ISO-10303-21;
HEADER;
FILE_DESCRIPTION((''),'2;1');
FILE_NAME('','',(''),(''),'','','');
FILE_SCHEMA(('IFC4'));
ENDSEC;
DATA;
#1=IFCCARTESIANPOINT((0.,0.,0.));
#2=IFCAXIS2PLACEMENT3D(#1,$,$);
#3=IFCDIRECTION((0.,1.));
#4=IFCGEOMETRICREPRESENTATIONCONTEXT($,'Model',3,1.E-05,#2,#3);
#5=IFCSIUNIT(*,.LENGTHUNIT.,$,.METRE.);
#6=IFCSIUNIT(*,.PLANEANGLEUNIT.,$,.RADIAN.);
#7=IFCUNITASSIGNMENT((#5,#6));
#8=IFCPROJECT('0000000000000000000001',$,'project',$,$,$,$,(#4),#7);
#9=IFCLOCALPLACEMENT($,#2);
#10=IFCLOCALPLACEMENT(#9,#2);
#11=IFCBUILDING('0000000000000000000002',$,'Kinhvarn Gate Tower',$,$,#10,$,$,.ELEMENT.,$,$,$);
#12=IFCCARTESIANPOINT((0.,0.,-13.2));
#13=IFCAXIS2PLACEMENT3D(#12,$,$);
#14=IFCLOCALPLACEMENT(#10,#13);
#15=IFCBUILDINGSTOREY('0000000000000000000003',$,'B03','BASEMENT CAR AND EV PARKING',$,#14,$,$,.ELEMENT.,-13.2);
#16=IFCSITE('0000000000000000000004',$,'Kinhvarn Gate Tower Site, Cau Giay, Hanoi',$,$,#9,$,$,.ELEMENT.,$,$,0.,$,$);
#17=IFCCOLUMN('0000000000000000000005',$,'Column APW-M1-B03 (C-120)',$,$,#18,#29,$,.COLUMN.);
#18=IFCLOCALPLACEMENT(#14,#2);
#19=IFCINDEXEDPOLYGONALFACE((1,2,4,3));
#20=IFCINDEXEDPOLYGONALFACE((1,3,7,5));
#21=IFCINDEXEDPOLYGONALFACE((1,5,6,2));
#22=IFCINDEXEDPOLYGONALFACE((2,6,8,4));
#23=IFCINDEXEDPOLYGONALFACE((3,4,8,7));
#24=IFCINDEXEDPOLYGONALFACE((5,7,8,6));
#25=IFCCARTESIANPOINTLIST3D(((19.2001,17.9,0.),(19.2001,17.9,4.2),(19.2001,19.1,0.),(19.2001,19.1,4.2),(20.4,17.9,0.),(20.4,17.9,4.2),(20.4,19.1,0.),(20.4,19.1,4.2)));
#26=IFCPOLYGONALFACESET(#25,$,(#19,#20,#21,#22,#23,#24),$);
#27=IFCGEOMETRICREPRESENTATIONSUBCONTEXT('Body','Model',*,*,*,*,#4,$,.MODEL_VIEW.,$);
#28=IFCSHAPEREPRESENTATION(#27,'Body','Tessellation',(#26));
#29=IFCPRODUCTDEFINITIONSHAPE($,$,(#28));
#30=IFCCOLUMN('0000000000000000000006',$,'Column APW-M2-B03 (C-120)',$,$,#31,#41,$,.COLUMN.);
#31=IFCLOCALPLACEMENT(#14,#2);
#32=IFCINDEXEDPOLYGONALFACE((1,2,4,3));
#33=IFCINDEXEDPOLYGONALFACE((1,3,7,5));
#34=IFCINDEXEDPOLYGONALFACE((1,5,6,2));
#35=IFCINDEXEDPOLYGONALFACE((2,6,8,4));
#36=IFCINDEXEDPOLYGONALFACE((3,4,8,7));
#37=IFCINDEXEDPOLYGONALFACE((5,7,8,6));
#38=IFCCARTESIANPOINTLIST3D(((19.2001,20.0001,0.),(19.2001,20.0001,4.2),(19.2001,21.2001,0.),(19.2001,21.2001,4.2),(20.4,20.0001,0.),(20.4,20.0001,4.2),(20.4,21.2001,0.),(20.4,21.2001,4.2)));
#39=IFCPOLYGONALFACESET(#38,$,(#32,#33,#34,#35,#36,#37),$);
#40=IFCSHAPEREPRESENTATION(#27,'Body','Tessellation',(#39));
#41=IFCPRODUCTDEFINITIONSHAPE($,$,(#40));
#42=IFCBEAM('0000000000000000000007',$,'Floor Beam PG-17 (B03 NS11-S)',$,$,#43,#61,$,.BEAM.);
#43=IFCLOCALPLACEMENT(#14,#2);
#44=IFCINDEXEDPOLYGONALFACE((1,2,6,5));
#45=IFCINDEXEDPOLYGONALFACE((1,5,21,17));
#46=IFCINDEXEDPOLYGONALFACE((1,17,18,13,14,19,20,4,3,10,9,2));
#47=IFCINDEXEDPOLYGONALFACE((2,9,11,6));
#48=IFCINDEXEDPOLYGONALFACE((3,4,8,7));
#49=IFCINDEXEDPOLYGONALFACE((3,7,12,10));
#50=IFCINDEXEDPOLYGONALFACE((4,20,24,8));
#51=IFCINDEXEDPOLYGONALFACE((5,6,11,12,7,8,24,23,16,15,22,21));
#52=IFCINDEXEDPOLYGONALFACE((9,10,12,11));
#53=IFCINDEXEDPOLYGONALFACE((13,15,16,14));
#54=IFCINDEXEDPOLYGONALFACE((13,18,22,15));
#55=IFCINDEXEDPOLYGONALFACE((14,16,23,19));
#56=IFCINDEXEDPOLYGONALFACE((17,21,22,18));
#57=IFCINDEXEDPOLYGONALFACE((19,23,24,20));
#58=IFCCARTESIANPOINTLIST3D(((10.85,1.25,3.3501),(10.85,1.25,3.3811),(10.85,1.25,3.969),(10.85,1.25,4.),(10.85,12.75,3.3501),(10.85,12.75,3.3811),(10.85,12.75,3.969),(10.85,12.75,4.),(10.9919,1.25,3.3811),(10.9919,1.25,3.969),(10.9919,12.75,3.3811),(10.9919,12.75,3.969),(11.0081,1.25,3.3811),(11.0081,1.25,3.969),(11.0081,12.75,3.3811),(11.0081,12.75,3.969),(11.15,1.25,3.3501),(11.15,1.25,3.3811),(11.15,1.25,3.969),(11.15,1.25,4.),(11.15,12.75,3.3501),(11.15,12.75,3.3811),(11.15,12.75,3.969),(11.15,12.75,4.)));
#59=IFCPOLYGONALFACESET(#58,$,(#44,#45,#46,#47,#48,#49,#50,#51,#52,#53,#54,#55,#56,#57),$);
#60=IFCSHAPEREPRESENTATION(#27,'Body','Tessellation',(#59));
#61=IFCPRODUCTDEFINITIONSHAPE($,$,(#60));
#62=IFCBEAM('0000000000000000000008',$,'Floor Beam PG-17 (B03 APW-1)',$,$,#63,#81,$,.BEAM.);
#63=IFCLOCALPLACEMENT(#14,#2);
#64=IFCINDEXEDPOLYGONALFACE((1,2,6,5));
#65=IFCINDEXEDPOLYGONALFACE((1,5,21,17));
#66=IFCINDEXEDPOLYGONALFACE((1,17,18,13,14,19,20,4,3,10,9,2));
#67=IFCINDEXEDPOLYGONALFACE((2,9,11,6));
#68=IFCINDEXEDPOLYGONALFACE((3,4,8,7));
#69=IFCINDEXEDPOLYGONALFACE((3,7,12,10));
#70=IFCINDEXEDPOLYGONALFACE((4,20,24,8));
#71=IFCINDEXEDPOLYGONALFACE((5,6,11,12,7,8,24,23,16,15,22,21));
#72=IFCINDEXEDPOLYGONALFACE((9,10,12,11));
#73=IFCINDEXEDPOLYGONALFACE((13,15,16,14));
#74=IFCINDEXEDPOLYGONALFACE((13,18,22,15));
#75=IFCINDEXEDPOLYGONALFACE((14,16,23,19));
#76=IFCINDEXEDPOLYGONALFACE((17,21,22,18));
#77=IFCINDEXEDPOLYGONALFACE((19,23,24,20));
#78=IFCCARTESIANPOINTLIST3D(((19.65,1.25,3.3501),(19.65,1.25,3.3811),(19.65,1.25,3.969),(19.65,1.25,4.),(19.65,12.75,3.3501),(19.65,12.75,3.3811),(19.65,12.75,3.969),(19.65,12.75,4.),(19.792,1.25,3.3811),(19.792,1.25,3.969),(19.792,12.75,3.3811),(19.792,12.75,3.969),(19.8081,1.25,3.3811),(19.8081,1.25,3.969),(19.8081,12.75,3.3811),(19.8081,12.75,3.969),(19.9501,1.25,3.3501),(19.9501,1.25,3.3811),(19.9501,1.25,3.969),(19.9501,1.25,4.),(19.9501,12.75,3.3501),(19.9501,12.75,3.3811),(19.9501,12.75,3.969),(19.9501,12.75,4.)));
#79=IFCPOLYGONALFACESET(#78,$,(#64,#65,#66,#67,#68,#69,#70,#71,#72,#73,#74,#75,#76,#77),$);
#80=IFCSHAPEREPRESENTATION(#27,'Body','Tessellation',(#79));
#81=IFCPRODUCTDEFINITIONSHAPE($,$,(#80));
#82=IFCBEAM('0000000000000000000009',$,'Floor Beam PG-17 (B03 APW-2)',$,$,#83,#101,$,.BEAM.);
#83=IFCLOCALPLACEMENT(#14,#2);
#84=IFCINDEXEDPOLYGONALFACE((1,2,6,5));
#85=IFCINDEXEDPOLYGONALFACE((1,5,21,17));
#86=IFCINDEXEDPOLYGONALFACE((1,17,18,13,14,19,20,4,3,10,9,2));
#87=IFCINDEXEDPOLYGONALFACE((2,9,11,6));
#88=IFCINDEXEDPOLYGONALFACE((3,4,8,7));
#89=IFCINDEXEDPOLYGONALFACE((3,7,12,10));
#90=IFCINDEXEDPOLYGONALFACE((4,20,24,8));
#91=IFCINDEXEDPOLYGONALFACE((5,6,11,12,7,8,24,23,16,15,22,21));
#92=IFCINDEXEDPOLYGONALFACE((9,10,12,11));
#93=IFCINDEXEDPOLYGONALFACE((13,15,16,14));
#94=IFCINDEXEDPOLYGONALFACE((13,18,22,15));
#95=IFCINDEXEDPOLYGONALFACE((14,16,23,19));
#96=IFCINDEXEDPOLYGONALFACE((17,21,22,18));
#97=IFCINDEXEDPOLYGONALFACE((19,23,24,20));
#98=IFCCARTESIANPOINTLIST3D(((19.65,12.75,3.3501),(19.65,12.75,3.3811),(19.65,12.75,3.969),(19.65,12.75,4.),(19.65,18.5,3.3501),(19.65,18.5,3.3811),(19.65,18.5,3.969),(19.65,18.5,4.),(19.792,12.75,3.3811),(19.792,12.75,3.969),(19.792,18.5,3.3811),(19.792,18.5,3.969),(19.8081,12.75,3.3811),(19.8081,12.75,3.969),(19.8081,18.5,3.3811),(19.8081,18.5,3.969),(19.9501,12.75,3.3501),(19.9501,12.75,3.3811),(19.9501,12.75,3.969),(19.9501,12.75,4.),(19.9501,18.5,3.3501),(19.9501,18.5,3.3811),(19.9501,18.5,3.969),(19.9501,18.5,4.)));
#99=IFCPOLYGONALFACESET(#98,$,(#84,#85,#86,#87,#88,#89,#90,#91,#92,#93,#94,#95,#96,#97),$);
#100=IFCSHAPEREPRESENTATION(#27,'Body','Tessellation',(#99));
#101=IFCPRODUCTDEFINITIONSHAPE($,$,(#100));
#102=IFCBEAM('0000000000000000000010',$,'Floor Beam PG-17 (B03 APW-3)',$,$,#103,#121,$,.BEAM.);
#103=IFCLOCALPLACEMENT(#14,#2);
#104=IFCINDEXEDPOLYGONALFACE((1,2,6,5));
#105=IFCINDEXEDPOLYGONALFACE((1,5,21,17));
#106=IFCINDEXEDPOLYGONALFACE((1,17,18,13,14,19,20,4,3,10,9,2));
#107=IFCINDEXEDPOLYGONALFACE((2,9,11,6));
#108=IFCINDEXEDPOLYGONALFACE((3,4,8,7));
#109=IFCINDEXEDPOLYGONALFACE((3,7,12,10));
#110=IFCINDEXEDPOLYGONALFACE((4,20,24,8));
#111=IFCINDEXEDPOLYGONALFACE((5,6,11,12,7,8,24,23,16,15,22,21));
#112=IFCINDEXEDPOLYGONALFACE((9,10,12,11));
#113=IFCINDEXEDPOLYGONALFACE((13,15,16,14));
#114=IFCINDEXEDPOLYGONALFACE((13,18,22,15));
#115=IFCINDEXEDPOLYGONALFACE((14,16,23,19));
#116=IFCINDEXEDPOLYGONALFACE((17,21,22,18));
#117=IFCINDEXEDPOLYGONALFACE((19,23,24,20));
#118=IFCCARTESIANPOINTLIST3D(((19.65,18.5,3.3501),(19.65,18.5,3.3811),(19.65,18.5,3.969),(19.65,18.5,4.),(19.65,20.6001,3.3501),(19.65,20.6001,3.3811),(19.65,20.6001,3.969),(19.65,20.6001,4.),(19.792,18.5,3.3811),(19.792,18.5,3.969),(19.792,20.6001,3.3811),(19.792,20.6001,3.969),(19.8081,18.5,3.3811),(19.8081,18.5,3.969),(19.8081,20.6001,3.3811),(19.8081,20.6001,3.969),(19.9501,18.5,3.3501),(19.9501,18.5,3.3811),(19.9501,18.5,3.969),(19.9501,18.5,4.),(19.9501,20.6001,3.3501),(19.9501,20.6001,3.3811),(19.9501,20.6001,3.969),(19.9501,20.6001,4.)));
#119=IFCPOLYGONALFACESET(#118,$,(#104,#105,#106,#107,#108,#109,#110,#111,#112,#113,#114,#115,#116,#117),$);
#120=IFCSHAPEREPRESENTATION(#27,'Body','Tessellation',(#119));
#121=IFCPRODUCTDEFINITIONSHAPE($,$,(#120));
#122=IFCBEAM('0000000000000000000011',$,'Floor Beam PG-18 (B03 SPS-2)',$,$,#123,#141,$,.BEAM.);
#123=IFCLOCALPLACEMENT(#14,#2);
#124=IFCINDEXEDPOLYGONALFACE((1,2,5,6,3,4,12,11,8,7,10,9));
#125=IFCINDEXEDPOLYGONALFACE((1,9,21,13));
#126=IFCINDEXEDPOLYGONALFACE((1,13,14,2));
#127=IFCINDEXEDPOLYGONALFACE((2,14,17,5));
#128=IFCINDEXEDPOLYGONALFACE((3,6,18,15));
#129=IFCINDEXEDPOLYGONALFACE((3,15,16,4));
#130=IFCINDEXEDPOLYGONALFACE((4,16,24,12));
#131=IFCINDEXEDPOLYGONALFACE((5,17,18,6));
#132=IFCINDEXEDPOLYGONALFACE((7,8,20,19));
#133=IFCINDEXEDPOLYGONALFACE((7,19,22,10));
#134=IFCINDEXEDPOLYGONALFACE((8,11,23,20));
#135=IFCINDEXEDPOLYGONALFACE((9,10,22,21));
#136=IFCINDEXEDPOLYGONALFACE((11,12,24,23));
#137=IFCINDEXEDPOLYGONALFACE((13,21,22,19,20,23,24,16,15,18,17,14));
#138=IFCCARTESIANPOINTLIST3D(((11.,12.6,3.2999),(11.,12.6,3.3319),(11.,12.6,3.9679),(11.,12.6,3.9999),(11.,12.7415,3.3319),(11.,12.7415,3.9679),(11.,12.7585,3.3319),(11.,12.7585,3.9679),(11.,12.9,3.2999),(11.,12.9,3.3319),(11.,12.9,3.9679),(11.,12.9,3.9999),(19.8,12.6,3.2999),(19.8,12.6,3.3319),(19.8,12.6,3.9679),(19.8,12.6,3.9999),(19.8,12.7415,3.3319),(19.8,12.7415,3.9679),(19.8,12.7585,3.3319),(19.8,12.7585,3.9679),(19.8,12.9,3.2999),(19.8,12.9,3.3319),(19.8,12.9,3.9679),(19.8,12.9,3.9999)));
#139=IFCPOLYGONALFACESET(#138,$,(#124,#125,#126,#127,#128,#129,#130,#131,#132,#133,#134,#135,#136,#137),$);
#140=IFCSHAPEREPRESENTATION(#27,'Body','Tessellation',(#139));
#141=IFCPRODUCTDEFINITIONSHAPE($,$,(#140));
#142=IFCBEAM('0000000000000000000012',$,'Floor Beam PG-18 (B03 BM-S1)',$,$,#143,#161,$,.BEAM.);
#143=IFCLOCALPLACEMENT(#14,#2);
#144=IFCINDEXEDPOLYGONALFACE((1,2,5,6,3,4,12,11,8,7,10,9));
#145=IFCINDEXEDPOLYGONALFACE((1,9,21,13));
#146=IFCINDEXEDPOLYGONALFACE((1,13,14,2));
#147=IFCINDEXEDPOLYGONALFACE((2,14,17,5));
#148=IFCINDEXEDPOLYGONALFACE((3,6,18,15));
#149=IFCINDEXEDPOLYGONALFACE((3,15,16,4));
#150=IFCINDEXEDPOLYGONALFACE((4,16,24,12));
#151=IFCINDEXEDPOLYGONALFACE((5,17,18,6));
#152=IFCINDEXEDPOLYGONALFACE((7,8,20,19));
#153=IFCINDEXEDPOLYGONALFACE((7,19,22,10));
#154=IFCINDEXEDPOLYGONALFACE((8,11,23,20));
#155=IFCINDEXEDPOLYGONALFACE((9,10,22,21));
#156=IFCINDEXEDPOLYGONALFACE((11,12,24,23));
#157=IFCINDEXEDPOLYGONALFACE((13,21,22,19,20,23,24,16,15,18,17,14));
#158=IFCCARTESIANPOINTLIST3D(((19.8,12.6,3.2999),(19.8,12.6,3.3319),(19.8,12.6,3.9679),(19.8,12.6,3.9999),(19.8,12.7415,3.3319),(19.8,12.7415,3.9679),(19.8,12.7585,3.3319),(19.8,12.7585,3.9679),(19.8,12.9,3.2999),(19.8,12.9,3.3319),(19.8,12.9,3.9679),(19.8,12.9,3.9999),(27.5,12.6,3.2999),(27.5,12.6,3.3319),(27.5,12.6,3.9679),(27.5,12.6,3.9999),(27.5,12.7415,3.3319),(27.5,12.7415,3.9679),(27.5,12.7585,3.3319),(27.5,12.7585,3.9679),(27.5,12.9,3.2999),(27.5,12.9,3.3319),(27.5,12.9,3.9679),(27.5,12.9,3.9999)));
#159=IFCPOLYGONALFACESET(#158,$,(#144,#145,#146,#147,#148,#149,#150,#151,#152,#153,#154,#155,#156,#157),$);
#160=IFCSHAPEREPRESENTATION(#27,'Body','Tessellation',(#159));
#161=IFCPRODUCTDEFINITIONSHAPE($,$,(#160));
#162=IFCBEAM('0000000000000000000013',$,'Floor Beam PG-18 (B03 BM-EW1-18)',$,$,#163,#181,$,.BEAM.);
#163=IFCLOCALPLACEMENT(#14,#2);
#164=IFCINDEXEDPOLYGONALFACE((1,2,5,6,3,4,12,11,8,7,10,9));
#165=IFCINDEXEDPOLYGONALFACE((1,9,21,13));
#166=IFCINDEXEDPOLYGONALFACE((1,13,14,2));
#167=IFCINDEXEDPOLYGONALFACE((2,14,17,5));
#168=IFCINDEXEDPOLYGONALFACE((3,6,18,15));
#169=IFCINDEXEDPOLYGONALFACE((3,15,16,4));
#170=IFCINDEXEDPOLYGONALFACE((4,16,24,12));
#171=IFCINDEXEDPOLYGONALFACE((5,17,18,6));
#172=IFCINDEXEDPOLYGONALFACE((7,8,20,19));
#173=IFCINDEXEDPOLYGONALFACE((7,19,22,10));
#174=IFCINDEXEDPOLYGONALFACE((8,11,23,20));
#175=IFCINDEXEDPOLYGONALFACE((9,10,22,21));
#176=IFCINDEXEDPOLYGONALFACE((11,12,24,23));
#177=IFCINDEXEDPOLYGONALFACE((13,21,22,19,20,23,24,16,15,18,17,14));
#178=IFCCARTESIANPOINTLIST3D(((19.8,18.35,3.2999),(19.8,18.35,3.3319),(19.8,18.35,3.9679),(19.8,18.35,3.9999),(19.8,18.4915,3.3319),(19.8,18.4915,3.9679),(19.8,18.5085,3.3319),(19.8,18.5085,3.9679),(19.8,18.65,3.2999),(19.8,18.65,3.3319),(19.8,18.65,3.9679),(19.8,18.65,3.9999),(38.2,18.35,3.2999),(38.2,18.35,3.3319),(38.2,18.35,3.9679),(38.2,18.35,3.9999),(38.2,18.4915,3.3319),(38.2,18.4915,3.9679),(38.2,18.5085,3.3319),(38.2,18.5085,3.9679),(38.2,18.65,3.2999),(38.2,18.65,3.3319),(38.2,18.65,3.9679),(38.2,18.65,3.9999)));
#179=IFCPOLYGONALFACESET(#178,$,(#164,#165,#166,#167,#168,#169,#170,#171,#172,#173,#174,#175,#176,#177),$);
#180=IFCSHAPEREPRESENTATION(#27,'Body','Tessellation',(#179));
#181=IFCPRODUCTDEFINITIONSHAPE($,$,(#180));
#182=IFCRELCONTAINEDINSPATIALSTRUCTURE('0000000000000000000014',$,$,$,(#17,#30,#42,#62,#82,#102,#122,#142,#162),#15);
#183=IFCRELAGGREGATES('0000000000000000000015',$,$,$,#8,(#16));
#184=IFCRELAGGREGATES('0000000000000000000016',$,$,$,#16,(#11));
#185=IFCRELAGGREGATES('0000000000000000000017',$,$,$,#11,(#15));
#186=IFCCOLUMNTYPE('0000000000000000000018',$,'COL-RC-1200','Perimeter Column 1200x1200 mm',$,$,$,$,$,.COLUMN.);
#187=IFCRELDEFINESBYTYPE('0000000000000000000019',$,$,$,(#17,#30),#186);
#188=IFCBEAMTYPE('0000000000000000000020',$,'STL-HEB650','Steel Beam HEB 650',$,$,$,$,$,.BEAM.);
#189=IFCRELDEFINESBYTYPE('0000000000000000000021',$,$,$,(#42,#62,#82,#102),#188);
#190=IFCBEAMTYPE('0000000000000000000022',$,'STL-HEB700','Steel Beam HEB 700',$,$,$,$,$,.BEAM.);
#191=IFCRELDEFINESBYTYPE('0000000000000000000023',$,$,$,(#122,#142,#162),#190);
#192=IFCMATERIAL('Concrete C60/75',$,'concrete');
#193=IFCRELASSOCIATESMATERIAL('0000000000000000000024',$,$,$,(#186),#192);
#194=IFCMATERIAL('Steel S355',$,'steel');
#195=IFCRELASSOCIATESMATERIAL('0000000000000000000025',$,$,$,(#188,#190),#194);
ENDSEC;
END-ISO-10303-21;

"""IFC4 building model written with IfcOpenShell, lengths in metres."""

from ifc_helpers import new_model, si_unit, direction, frame, origin, origin_2d, place, context, subcontext, project, spatial, rectangle, i_section, extrude, material, material_profile, profile_set, type_object, element, save


model = new_model("IFC4")

# Units and contexts
model_context = context("Model", 3, precision=1e-05, world=origin(), true_north=direction((0.0, 1.0)))
body_context = subcontext(model_context, "Body", "Model", "MODEL_VIEW")
ifc_project = project(units=[si_unit("LENGTHUNIT", "METRE"), si_unit("PLANEANGLEUNIT", "RADIAN")], contexts=[model_context])

# Site, building, storey
site_placement = place(None, origin())
site = spatial("IfcSite", under=ifc_project, at=site_placement, Name="Kinhvarn Gate Tower Site, Cau Giay, Hanoi", CompositionType="ELEMENT", RefElevation=0.0)
building_placement = place(site_placement, origin())
building = spatial("IfcBuilding", under=site, at=building_placement, Name="Kinhvarn Gate Tower", CompositionType="ELEMENT")
storey_placement = place(building_placement, frame((0.0, 0.0, -13.2)))
storey = spatial("IfcBuildingStorey", under=building, at=storey_placement, Name="B03", Description="BASEMENT CAR AND EV PARKING", CompositionType="ELEMENT", Elevation=-13.2)

# Columns
ifc_material_1 = material(Name="Concrete C60/75", Category="concrete")
ifc_material_profile_1 = material_profile(ifc_material_1, rectangle(XDim=1.2, YDim=1.2, at=origin_2d()), Name="RC 1200x1200")
ifc_profile_set_1 = profile_set([ifc_material_profile_1], Name="Concrete C60/75")
column_type = type_object("IfcColumnType", Name="COL-RC-1200", Description="Perimeter Column 1200x1200 mm", PredefinedType="COLUMN", material=ifc_profile_set_1)
for number, where, z_axis, x_axis, name in (
    (1, (19.8, 18.5, 0.0), (0.0, 0.0, 1.0), (1.0, 0.0, 0.0), "Column APW-M1-B03 (C-120)"),
    (2, (19.8, 20.6001, 0.0), (0.0, 0.0, 1.0), (1.0, 0.0, 0.0), "Column APW-M2-B03 (C-120)"),
):
    element("IfcColumn", number, at=place(storey_placement, frame(where, z_axis=z_axis, x_axis=x_axis)), inside=storey, type_object=column_type, Name=name, PredefinedType="COLUMN", context=body_context, shape_type="SweptSolid", body=[
        extrude(rectangle(XDim=1.2, YDim=1.2, at=origin_2d()), origin(), (0.0, 0.0, 1.0), 4.2),
    ])

# Beams
ifc_material_2 = material(Name="Steel S355", Category="steel")
ifc_material_profile_2 = material_profile(ifc_material_2, i_section(OverallWidth=0.3, OverallDepth=0.6499, WebThickness=0.0161, FlangeThickness=0.031, at=origin_2d()), Name="HEB 650")
ifc_profile_set_2 = profile_set([ifc_material_profile_2], Name="Steel S355")
beam_type_1 = type_object("IfcBeamType", Name="STL-HEB650", Description="Steel Beam HEB 650", PredefinedType="BEAM", material=ifc_profile_set_2)
for number, where, z_axis, x_axis, name in (
    (3, (11.0, 1.25, 3.675), (0.0, 1.0, 0.0), (-1.0, 0.0, 0.0), "Floor Beam PG-17 (B03 NS11-S)"),
    (4, (19.8, 1.25, 3.675), (0.0, 1.0, 0.0), (-1.0, 0.0, 0.0), "Floor Beam PG-17 (B03 APW-1)"),
):
    element("IfcBeam", number, at=place(storey_placement, frame(where, z_axis=z_axis, x_axis=x_axis)), inside=storey, type_object=beam_type_1, Name=name, PredefinedType="BEAM", context=body_context, shape_type="SweptSolid", body=[
        extrude(i_section(OverallWidth=0.3, OverallDepth=0.6499, WebThickness=0.0161, FlangeThickness=0.031, at=origin_2d()), origin(), (0.0, 0.0, 1.0), 11.5),
    ])
beam_1_placement = place(storey_placement, frame((19.8, 12.75, 3.675), z_axis=(0.0, 1.0, 0.0), x_axis=(-1.0, 0.0, 0.0)))
element("IfcBeam", 5, at=beam_1_placement, inside=storey, type_object=beam_type_1, Name="Floor Beam PG-17 (B03 APW-2)", PredefinedType="BEAM", context=body_context, shape_type="SweptSolid", body=[
    extrude(i_section(OverallWidth=0.3, OverallDepth=0.6499, WebThickness=0.0161, FlangeThickness=0.031, at=origin_2d()), origin(), (0.0, 0.0, 1.0), 5.75),
])
beam_2_placement = place(storey_placement, frame((19.8, 18.5, 3.675), z_axis=(0.0, 1.0, 0.0), x_axis=(-1.0, 0.0, 0.0)))
element("IfcBeam", 6, at=beam_2_placement, inside=storey, type_object=beam_type_1, Name="Floor Beam PG-17 (B03 APW-3)", PredefinedType="BEAM", context=body_context, shape_type="SweptSolid", body=[
    extrude(i_section(OverallWidth=0.3, OverallDepth=0.6499, WebThickness=0.0161, FlangeThickness=0.031, at=origin_2d()), origin(), (0.0, 0.0, 1.0), 2.1001),
])
ifc_material_profile_3 = material_profile(ifc_material_2, i_section(OverallWidth=0.3, OverallDepth=0.7, WebThickness=0.0171, FlangeThickness=0.032, at=origin_2d()), Name="HEB 700")
ifc_profile_set_3 = profile_set([ifc_material_profile_3], Name="Steel S355")
beam_type_2 = type_object("IfcBeamType", Name="STL-HEB700", Description="Steel Beam HEB 700", PredefinedType="BEAM", material=ifc_profile_set_3)
beam_3_placement = place(storey_placement, frame((11.0, 12.75, 3.6499), z_axis=(1.0, 0.0, 0.0), x_axis=(0.0, 1.0, 0.0)))
element("IfcBeam", 7, at=beam_3_placement, inside=storey, type_object=beam_type_2, Name="Floor Beam PG-18 (B03 SPS-2)", PredefinedType="BEAM", context=body_context, shape_type="SweptSolid", body=[
    extrude(i_section(OverallWidth=0.3, OverallDepth=0.7, WebThickness=0.0171, FlangeThickness=0.032, at=origin_2d()), origin(), (0.0, 0.0, 1.0), 8.8),
])
beam_4_placement = place(storey_placement, frame((19.8, 12.75, 3.6499), z_axis=(1.0, 0.0, 0.0), x_axis=(0.0, 1.0, 0.0)))
element("IfcBeam", 8, at=beam_4_placement, inside=storey, type_object=beam_type_2, Name="Floor Beam PG-18 (B03 BM-S1)", PredefinedType="BEAM", context=body_context, shape_type="SweptSolid", body=[
    extrude(i_section(OverallWidth=0.3, OverallDepth=0.7, WebThickness=0.0171, FlangeThickness=0.032, at=origin_2d()), origin(), (0.0, 0.0, 1.0), 7.7),
])
beam_5_placement = place(storey_placement, frame((19.8, 18.5, 3.6499), z_axis=(1.0, 0.0, 0.0), x_axis=(0.0, 1.0, 0.0)))
element("IfcBeam", 9, at=beam_5_placement, inside=storey, type_object=beam_type_2, Name="Floor Beam PG-18 (B03 BM-EW1-18)", PredefinedType="BEAM", context=body_context, shape_type="SweptSolid", body=[
    extrude(i_section(OverallWidth=0.3, OverallDepth=0.7, WebThickness=0.0171, FlangeThickness=0.032, at=origin_2d()), origin(), (0.0, 0.0, 1.0), 18.3999),
])

save(model, "model.ifc")
